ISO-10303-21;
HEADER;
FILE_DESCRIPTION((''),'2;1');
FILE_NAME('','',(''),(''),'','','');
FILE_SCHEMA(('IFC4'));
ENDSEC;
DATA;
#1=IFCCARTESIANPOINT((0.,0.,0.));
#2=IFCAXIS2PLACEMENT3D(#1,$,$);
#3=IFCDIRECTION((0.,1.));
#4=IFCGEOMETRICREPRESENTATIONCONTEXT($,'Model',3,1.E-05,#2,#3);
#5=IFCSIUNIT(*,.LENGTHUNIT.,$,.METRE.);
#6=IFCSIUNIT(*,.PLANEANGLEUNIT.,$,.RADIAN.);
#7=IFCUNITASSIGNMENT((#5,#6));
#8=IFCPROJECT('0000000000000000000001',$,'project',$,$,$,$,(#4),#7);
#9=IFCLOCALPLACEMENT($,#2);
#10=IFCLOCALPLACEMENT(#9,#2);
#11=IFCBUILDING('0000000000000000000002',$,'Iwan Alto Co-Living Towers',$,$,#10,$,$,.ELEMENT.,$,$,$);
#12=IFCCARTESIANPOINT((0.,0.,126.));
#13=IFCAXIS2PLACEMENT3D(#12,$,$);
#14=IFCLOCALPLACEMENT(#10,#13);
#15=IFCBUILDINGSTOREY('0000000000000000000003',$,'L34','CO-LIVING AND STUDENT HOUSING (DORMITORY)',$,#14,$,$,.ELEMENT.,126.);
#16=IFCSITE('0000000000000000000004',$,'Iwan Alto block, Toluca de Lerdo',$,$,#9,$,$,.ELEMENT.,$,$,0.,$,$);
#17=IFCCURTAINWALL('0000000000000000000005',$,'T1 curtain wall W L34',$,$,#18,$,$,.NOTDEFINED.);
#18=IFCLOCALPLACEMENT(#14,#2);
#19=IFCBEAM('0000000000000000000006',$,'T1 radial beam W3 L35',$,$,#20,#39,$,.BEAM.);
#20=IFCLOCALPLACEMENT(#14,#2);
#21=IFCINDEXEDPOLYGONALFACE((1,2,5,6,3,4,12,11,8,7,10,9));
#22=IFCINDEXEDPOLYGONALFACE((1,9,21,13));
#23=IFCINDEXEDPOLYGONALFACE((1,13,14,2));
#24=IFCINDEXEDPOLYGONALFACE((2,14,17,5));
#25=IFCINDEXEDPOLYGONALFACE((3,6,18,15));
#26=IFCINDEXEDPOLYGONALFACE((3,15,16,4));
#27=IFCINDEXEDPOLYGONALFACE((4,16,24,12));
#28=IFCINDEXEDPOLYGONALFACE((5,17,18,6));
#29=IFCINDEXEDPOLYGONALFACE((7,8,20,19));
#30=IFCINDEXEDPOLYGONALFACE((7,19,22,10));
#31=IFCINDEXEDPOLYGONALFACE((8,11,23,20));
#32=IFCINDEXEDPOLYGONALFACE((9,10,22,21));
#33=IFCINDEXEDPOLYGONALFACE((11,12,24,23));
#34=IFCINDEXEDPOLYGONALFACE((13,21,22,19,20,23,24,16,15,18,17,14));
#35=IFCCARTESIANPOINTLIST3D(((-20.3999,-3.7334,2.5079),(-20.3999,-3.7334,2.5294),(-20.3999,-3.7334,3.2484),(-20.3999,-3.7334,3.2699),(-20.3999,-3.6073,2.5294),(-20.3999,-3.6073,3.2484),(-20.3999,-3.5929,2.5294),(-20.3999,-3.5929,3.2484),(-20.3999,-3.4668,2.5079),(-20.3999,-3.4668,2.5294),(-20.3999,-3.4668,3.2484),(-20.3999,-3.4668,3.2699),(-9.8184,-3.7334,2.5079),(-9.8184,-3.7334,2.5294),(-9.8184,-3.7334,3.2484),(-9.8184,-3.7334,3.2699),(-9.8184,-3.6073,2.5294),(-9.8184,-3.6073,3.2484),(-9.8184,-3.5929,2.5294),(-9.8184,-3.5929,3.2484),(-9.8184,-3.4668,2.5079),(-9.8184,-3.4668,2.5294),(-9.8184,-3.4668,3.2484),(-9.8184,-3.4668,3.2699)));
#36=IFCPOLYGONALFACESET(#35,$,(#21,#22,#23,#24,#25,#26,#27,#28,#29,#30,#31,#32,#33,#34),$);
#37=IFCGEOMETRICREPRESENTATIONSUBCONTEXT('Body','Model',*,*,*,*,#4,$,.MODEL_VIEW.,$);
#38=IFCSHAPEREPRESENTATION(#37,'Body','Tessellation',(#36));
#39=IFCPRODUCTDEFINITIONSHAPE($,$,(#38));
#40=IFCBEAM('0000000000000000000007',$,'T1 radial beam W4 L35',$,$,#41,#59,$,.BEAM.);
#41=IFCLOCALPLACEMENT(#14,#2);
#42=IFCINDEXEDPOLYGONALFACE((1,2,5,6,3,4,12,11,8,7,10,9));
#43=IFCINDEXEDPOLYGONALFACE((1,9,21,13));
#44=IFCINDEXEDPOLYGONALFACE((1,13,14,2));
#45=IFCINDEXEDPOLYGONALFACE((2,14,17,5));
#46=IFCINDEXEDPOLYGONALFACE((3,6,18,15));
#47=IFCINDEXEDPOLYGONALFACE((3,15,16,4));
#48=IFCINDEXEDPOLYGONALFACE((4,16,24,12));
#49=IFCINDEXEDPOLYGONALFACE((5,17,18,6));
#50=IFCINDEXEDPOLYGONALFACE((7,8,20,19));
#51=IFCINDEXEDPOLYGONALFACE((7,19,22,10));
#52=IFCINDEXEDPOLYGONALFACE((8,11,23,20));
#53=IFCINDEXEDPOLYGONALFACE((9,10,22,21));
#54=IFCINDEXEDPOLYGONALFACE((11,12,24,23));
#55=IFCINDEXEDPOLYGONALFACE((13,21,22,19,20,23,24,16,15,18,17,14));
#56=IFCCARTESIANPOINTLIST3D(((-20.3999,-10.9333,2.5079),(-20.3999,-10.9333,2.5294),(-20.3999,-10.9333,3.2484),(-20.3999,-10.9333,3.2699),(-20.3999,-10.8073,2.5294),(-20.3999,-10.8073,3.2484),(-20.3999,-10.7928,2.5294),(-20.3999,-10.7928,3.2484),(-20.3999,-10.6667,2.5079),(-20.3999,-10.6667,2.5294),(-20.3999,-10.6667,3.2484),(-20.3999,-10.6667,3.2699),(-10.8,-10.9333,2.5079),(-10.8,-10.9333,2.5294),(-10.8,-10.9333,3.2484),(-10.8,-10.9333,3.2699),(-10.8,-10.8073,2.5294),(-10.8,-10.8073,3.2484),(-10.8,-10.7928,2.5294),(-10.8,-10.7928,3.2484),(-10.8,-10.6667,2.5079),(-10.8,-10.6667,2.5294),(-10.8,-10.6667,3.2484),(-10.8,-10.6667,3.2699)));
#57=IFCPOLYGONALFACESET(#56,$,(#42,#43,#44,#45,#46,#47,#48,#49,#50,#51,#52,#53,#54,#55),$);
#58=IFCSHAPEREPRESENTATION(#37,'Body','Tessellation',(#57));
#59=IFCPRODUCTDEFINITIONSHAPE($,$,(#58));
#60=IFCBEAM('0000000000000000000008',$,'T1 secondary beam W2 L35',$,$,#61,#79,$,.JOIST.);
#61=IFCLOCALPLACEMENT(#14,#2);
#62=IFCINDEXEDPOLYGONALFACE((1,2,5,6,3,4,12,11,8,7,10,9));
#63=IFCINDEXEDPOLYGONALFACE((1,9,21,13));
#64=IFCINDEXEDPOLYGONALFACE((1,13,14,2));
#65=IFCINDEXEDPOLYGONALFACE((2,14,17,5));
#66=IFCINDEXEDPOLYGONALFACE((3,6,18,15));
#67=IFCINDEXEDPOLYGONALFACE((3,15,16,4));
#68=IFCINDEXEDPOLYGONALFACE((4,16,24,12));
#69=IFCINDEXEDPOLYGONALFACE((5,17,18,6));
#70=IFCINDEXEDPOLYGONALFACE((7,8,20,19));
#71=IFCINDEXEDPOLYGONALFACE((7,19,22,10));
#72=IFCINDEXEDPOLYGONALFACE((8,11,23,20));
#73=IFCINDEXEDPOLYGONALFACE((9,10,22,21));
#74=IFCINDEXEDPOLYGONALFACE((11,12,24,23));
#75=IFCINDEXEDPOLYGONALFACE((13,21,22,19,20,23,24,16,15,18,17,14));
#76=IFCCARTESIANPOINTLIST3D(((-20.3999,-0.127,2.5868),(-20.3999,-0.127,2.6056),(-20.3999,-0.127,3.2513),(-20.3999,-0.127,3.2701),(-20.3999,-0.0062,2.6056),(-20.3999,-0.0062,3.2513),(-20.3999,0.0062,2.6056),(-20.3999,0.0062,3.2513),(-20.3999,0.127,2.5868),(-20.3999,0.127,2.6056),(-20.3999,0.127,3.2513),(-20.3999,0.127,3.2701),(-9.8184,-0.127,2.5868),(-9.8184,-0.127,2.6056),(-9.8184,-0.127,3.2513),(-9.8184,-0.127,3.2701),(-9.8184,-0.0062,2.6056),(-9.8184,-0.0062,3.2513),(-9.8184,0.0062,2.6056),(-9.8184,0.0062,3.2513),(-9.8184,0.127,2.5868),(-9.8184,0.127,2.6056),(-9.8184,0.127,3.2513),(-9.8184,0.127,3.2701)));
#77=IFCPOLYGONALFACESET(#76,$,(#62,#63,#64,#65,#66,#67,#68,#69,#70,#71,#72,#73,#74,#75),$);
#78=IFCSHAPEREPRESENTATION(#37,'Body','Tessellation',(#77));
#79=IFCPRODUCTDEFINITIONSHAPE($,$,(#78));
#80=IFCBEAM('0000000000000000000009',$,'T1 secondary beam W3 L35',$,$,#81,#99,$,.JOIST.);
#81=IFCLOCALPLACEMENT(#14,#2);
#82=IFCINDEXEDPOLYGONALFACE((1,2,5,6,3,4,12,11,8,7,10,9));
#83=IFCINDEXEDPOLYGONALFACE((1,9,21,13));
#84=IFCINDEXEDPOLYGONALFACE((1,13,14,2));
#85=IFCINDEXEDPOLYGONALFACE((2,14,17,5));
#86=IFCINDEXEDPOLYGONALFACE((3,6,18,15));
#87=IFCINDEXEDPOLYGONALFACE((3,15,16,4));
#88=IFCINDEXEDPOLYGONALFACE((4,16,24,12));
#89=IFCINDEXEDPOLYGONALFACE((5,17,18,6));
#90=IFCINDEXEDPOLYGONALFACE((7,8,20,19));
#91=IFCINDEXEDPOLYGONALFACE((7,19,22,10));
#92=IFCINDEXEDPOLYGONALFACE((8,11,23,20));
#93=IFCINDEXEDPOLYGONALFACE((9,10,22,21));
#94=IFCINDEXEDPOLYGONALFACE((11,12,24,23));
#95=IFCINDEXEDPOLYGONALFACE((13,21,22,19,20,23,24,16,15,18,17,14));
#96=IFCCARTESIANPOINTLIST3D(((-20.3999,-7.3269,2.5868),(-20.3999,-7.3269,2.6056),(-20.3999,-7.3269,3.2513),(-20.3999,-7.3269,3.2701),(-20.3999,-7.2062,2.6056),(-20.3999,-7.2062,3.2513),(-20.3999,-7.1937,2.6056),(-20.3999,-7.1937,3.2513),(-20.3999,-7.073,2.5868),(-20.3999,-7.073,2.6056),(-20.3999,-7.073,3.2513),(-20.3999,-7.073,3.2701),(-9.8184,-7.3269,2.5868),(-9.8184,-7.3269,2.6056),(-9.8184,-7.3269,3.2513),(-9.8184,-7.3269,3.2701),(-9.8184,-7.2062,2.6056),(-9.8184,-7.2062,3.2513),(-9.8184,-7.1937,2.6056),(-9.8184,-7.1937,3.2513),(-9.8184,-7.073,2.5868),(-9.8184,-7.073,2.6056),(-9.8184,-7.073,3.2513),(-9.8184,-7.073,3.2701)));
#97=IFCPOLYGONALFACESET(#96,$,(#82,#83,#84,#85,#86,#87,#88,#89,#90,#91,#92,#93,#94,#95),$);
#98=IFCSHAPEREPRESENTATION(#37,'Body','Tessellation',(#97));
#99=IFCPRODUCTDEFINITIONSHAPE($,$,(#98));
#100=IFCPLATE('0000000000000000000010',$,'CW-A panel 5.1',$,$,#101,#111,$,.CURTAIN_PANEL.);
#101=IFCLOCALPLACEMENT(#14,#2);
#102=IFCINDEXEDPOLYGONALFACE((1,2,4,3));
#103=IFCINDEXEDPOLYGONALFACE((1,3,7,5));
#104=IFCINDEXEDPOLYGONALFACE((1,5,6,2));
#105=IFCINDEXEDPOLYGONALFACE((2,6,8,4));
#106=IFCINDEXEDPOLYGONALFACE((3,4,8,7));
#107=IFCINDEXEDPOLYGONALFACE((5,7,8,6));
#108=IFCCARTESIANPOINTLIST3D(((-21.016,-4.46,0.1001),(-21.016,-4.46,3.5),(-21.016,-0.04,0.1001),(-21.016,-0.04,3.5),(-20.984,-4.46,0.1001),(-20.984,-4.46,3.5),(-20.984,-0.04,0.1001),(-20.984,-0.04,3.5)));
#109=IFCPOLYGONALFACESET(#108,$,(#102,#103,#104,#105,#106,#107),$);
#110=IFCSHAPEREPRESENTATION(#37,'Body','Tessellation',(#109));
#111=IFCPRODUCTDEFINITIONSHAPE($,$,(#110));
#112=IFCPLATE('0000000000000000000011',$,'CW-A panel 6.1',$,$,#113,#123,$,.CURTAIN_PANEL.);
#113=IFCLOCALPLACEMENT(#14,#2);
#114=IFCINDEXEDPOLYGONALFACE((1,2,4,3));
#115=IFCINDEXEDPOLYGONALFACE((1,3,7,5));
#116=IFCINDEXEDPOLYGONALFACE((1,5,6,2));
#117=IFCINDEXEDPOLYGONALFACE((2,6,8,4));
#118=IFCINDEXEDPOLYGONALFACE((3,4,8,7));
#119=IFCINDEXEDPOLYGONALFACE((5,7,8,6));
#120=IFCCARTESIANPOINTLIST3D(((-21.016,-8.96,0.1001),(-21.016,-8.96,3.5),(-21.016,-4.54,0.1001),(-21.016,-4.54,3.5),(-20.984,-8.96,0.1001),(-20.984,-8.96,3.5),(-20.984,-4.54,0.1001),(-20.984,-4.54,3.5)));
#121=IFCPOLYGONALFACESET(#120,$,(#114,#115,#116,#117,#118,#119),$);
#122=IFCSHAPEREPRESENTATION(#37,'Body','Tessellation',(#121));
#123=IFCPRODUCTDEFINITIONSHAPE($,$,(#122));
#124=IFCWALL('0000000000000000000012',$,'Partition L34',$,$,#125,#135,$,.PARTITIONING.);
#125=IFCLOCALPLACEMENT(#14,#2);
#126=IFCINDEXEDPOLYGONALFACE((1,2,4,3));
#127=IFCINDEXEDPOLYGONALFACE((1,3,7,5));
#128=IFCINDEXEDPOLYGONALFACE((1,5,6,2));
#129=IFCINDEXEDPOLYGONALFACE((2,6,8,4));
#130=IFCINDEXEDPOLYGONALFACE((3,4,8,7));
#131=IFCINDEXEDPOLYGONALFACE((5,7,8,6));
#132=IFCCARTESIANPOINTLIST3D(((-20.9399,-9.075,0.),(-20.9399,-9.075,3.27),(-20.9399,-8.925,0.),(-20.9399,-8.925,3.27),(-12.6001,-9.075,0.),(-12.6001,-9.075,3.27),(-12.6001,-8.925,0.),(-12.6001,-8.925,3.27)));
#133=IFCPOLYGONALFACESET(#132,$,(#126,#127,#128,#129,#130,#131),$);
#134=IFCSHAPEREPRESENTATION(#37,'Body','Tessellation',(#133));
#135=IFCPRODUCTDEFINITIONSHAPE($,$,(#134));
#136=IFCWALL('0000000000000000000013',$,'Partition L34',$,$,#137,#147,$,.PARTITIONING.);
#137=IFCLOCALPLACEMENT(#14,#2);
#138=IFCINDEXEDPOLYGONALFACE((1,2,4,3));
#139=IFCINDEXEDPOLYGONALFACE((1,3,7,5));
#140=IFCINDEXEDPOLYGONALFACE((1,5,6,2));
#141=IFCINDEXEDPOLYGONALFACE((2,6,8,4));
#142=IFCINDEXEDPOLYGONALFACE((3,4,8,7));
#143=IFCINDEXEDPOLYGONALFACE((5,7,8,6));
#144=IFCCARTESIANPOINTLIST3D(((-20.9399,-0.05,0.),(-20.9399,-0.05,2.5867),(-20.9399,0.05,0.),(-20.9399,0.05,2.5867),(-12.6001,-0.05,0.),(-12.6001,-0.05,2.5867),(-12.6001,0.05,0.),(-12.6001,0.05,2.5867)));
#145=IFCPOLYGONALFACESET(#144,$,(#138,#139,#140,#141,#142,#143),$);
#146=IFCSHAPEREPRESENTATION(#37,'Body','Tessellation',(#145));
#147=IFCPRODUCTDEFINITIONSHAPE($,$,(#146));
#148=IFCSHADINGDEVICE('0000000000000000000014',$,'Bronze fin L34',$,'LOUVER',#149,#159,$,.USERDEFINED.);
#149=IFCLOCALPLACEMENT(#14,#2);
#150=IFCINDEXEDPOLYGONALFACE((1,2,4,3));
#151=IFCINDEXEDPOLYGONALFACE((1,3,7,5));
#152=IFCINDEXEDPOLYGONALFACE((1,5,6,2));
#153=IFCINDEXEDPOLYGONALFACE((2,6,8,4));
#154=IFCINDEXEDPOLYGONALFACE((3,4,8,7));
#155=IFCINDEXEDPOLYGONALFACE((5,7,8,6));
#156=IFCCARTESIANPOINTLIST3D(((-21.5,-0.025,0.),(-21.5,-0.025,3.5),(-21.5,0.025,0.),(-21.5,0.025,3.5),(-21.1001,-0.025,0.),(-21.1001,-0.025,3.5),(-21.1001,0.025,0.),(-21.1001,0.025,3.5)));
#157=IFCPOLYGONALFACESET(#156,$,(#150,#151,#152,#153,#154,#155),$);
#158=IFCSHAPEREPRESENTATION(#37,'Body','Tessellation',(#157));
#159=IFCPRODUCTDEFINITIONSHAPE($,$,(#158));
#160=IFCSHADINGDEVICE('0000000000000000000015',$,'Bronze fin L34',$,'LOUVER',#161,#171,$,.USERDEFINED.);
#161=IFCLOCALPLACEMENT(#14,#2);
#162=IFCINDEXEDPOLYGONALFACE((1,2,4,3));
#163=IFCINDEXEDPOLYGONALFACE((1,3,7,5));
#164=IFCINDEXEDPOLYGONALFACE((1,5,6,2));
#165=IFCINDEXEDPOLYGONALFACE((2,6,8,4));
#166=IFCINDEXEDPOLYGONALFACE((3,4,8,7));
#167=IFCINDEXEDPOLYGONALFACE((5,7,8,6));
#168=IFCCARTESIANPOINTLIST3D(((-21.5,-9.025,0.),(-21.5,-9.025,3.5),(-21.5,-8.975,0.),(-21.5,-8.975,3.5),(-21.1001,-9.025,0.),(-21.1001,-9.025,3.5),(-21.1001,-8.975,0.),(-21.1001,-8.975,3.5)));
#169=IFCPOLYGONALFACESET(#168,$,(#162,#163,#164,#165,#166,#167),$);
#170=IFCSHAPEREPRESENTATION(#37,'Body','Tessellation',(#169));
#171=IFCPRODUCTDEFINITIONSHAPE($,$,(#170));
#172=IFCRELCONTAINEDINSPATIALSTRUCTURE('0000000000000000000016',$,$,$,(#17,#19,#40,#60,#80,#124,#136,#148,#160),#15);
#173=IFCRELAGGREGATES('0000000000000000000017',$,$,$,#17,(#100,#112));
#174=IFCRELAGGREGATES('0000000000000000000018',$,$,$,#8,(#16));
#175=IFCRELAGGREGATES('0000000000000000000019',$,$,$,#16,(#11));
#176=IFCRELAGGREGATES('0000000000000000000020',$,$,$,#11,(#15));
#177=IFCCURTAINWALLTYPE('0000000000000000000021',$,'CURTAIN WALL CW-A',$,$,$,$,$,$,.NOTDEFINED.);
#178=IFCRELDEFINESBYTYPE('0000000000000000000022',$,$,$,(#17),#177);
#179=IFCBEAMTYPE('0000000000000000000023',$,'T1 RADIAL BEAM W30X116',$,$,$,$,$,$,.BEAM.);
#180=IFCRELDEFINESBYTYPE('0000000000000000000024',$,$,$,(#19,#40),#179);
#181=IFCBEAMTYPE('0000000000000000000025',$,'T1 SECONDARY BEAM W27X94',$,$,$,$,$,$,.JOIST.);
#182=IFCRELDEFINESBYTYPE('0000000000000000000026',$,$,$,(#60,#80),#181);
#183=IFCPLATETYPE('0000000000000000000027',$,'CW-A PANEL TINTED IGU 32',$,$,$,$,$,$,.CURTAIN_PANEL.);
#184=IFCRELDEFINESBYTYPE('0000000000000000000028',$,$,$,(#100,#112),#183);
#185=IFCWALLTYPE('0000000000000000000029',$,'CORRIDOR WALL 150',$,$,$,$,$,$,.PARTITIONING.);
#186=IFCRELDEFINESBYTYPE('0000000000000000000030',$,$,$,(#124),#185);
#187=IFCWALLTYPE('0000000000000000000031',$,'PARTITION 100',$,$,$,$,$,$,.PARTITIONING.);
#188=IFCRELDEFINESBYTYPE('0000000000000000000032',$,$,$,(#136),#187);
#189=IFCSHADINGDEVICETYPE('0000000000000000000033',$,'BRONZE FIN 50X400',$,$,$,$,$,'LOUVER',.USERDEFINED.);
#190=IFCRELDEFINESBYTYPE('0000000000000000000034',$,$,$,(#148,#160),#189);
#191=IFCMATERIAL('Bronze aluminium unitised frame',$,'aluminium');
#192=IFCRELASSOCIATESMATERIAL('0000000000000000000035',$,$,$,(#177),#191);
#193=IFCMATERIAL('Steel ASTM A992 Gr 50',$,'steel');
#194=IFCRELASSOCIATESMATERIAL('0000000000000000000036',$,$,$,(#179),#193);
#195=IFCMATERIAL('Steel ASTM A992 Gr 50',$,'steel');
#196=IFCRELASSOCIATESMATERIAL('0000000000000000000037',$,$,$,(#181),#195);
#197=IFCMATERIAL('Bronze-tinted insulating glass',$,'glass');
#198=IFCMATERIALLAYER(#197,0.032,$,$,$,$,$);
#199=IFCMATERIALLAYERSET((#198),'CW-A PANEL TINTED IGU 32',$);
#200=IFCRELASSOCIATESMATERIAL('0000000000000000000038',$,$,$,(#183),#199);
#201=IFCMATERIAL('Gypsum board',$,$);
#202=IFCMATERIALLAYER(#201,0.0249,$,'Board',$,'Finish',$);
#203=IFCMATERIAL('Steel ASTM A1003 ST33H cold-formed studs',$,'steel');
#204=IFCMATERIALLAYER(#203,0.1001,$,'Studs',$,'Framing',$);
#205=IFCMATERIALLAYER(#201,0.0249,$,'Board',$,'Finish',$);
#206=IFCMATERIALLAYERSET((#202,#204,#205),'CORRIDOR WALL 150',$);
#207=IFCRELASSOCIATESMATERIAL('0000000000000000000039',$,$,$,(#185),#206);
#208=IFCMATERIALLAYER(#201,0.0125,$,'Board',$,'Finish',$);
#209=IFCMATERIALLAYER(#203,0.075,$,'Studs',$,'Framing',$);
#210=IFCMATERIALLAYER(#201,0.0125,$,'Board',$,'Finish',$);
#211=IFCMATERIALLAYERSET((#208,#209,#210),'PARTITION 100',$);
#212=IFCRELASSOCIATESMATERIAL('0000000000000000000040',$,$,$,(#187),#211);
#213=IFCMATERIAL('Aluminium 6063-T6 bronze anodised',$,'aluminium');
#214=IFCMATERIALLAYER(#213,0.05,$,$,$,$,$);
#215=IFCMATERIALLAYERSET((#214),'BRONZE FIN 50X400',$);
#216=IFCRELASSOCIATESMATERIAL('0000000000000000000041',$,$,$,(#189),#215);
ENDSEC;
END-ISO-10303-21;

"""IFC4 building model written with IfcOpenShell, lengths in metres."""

from ifc_helpers import new_model, si_unit, direction, frame, frame_2d, origin, origin_2d, place, context, subcontext, project, spatial, rectangle, i_section, extrude, material, layer, layer_set, material_profile, profile_set, type_object, element, aggregate, save


model = new_model("IFC4")

# Units and contexts
model_context = context("Model", 3, precision=1e-05, world=origin(), true_north=direction((0.0, 1.0)))
body_context = subcontext(model_context, "Body", "Model", "MODEL_VIEW")
ifc_project = project(units=[si_unit("LENGTHUNIT", "METRE"), si_unit("PLANEANGLEUNIT", "RADIAN")], contexts=[model_context])

# Site, building, storey
site_placement = place(None, origin())
site = spatial("IfcSite", under=ifc_project, at=site_placement, Name="Iwan Alto block, Toluca de Lerdo", CompositionType="ELEMENT", RefElevation=0.0)
building_placement = place(site_placement, origin())
building = spatial("IfcBuilding", under=site, at=building_placement, Name="Iwan Alto Co-Living Towers", CompositionType="ELEMENT")
storey_placement = place(building_placement, frame((0.0, 0.0, 126.0)))
storey = spatial("IfcBuildingStorey", under=building, at=storey_placement, Name="L34", Description="CO-LIVING AND STUDENT HOUSING (DORMITORY)", CompositionType="ELEMENT", Elevation=126.0)

# Curtain wall
ifc_material_1 = material(Name="Bronze aluminium unitised frame", Category="aluminium")
curtain_wall_type = type_object("IfcCurtainWallType", Name="CURTAIN WALL CW-A", PredefinedType="NOTDEFINED", material=ifc_material_1)
curtain_wall_placement = place(storey_placement, origin())
curtain_wall = element("IfcCurtainWall", 1, at=curtain_wall_placement, inside=storey, type_object=curtain_wall_type, Name="T1 curtain wall W L34", PredefinedType="NOTDEFINED")

# Beams
ifc_material_2 = material(Name="Steel ASTM A992 Gr 50", Category="steel")
ifc_material_profile_1 = material_profile(ifc_material_2, i_section(OverallWidth=0.2666, OverallDepth=0.762, WebThickness=0.0144, FlangeThickness=0.0215, at=origin_2d()), Name="W30X116")
ifc_profile_set_1 = profile_set([ifc_material_profile_1], Name="Steel ASTM A992 Gr 50")
beam_type_1 = type_object("IfcBeamType", Name="T1 RADIAL BEAM W30X116", PredefinedType="BEAM", material=ifc_profile_set_1)
beam_1_placement = place(storey_placement, frame((-20.3999, -3.6001, 2.8889), z_axis=(1.0, 0.0, 0.0), x_axis=(0.0, 1.0, 0.0)))
element("IfcBeam", 2, at=beam_1_placement, inside=storey, type_object=beam_type_1, Name="T1 radial beam W3 L35", PredefinedType="BEAM", context=body_context, shape_type="SweptSolid", body=[
    extrude(i_section(OverallWidth=0.2666, OverallDepth=0.762, WebThickness=0.0144, FlangeThickness=0.0215, at=origin_2d()), origin(), (0.0, 0.0, 1.0), 10.5815),
])
beam_2_placement = place(storey_placement, frame((-20.3999, -10.8, 2.8889), z_axis=(1.0, 0.0, 0.0), x_axis=(0.0, 1.0, 0.0)))
element("IfcBeam", 3, at=beam_2_placement, inside=storey, type_object=beam_type_1, Name="T1 radial beam W4 L35", PredefinedType="BEAM", context=body_context, shape_type="SweptSolid", body=[
    extrude(i_section(OverallWidth=0.2666, OverallDepth=0.762, WebThickness=0.0144, FlangeThickness=0.0215, at=origin_2d()), origin(), (0.0, 0.0, 1.0), 9.5999),
])
ifc_material_3 = material(Name="Steel ASTM A992 Gr 50", Category="steel")
ifc_material_profile_2 = material_profile(ifc_material_3, i_section(OverallWidth=0.2539, OverallDepth=0.6833, WebThickness=0.0125, FlangeThickness=0.0188, at=origin_2d()), Name="W27X94")
ifc_profile_set_2 = profile_set([ifc_material_profile_2], Name="Steel ASTM A992 Gr 50")
beam_type_2 = type_object("IfcBeamType", Name="T1 SECONDARY BEAM W27X94", PredefinedType="JOIST", material=ifc_profile_set_2)
for number, where, z_axis, x_axis, name in (
    (4, (-20.3999, 0.0, 2.9285), (1.0, 0.0, 0.0), (0.0, 1.0, 0.0), "T1 secondary beam W2 L35"),
    (5, (-20.3999, -7.2, 2.9285), (1.0, 0.0, 0.0), (0.0, 1.0, 0.0), "T1 secondary beam W3 L35"),
):
    element("IfcBeam", number, at=place(storey_placement, frame(where, z_axis=z_axis, x_axis=x_axis)), inside=storey, type_object=beam_type_2, Name=name, PredefinedType="JOIST", context=body_context, shape_type="SweptSolid", body=[
        extrude(i_section(OverallWidth=0.2539, OverallDepth=0.6833, WebThickness=0.0125, FlangeThickness=0.0188, at=origin_2d()), origin(), (0.0, 0.0, 1.0), 10.5815),
    ])

# Plates
ifc_material_4 = material(Name="Bronze-tinted insulating glass", Category="glass")
ifc_layer_1 = layer(ifc_material_4, 0.032)
ifc_layer_set_1 = layer_set([ifc_layer_1], Name="CW-A PANEL TINTED IGU 32")
plate_type = type_object("IfcPlateType", Name="CW-A PANEL TINTED IGU 32", PredefinedType="CURTAIN_PANEL", material=ifc_layer_set_1)
plate_1_placement = place(storey_placement, frame((-21.0, -2.25, 0.1001), z_axis=(0.0, 0.0, 1.0), x_axis=(0.0, -1.0, 0.0)))
plate_1 = element("IfcPlate", 6, at=plate_1_placement, type_object=plate_type, Name="CW-A panel 5.1", PredefinedType="CURTAIN_PANEL", context=body_context, shape_type="SweptSolid", body=[
    extrude(rectangle(XDim=4.4199, YDim=0.032, at=origin_2d()), origin(), (0.0, 0.0, 1.0), 3.3999),
])
plate_2_placement = place(storey_placement, frame((-21.0, -6.75, 0.1001), z_axis=(0.0, 0.0, 1.0), x_axis=(0.0, -1.0, 0.0)))
plate_2 = element("IfcPlate", 7, at=plate_2_placement, type_object=plate_type, Name="CW-A panel 6.1", PredefinedType="CURTAIN_PANEL", context=body_context, shape_type="SweptSolid", body=[
    extrude(rectangle(XDim=4.4199, YDim=0.032, at=origin_2d()), origin(), (0.0, 0.0, 1.0), 3.3999),
])
aggregate(curtain_wall, [plate_1, plate_2])

# Walls
ifc_material_5 = material(Name="Gypsum board")
ifc_layer_2 = layer(ifc_material_5, 0.0249, Name="Board", Category="Finish")
ifc_material_6 = material(Name="Steel ASTM A1003 ST33H cold-formed studs", Category="steel")
ifc_layer_3 = layer(ifc_material_6, 0.1001, Name="Studs", Category="Framing")
ifc_layer_4 = layer(ifc_material_5, 0.0249, Name="Board", Category="Finish")
ifc_layer_set_2 = layer_set([ifc_layer_2, ifc_layer_3, ifc_layer_4], Name="CORRIDOR WALL 150")
wall_type_1 = type_object("IfcWallType", Name="CORRIDOR WALL 150", PredefinedType="PARTITIONING", material=ifc_layer_set_2)
wall_1_placement = place(storey_placement, frame((-20.9399, -9.0, 0.0), z_axis=(0.0, 0.0, 1.0), x_axis=(1.0, 0.0, 0.0)))
element("IfcWall", 8, at=wall_1_placement, inside=storey, type_object=wall_type_1, Name="Partition L34", PredefinedType="PARTITIONING", context=body_context, shape_type="SweptSolid", body=[
    extrude(rectangle(XDim=8.3398, YDim=0.1499, at=frame_2d((4.1699, 0.0))), origin(), (0.0, 0.0, 1.0), 3.27),
])
ifc_layer_5 = layer(ifc_material_5, 0.0125, Name="Board", Category="Finish")
ifc_layer_6 = layer(ifc_material_6, 0.075, Name="Studs", Category="Framing")
ifc_layer_7 = layer(ifc_material_5, 0.0125, Name="Board", Category="Finish")
ifc_layer_set_3 = layer_set([ifc_layer_5, ifc_layer_6, ifc_layer_7], Name="PARTITION 100")
wall_type_2 = type_object("IfcWallType", Name="PARTITION 100", PredefinedType="PARTITIONING", material=ifc_layer_set_3)
wall_2_placement = place(storey_placement, frame((-20.9399, 0.0, 0.0), z_axis=(0.0, 0.0, 1.0), x_axis=(1.0, 0.0, 0.0)))
element("IfcWall", 9, at=wall_2_placement, inside=storey, type_object=wall_type_2, Name="Partition L34", PredefinedType="PARTITIONING", context=body_context, shape_type="SweptSolid", body=[
    extrude(rectangle(XDim=8.3398, YDim=0.1001, at=frame_2d((4.1699, 0.0))), origin(), (0.0, 0.0, 1.0), 2.5867),
])

# Shading devices
ifc_material_7 = material(Name="Aluminium 6063-T6 bronze anodised", Category="aluminium")
ifc_layer_8 = layer(ifc_material_7, 0.05)
ifc_layer_set_4 = layer_set([ifc_layer_8], Name="BRONZE FIN 50X400")
shading_device_type = type_object("IfcShadingDeviceType", Name="BRONZE FIN 50X400", ElementType="LOUVER", PredefinedType="USERDEFINED", material=ifc_layer_set_4)
for number, where, z_axis, x_axis, name in (
    (10, (-21.3, 0.0, 0.0), (0.0, 0.0, 1.0), (0.0, -1.0, 0.0), "Bronze fin L34"),
    (11, (-21.3, -9.0, 0.0), (0.0, 0.0, 1.0), (0.0, -1.0, 0.0), "Bronze fin L34"),
):
    element("IfcShadingDevice", number, at=place(storey_placement, frame(where, z_axis=z_axis, x_axis=x_axis)), inside=storey, type_object=shading_device_type, Name=name, ObjectType="LOUVER", PredefinedType="USERDEFINED", context=body_context, shape_type="SweptSolid", body=[
        extrude(rectangle(XDim=0.05, YDim=0.3999, at=origin_2d()), origin(), (0.0, 0.0, 1.0), 3.5),
    ])

save(model, "model.ifc")
